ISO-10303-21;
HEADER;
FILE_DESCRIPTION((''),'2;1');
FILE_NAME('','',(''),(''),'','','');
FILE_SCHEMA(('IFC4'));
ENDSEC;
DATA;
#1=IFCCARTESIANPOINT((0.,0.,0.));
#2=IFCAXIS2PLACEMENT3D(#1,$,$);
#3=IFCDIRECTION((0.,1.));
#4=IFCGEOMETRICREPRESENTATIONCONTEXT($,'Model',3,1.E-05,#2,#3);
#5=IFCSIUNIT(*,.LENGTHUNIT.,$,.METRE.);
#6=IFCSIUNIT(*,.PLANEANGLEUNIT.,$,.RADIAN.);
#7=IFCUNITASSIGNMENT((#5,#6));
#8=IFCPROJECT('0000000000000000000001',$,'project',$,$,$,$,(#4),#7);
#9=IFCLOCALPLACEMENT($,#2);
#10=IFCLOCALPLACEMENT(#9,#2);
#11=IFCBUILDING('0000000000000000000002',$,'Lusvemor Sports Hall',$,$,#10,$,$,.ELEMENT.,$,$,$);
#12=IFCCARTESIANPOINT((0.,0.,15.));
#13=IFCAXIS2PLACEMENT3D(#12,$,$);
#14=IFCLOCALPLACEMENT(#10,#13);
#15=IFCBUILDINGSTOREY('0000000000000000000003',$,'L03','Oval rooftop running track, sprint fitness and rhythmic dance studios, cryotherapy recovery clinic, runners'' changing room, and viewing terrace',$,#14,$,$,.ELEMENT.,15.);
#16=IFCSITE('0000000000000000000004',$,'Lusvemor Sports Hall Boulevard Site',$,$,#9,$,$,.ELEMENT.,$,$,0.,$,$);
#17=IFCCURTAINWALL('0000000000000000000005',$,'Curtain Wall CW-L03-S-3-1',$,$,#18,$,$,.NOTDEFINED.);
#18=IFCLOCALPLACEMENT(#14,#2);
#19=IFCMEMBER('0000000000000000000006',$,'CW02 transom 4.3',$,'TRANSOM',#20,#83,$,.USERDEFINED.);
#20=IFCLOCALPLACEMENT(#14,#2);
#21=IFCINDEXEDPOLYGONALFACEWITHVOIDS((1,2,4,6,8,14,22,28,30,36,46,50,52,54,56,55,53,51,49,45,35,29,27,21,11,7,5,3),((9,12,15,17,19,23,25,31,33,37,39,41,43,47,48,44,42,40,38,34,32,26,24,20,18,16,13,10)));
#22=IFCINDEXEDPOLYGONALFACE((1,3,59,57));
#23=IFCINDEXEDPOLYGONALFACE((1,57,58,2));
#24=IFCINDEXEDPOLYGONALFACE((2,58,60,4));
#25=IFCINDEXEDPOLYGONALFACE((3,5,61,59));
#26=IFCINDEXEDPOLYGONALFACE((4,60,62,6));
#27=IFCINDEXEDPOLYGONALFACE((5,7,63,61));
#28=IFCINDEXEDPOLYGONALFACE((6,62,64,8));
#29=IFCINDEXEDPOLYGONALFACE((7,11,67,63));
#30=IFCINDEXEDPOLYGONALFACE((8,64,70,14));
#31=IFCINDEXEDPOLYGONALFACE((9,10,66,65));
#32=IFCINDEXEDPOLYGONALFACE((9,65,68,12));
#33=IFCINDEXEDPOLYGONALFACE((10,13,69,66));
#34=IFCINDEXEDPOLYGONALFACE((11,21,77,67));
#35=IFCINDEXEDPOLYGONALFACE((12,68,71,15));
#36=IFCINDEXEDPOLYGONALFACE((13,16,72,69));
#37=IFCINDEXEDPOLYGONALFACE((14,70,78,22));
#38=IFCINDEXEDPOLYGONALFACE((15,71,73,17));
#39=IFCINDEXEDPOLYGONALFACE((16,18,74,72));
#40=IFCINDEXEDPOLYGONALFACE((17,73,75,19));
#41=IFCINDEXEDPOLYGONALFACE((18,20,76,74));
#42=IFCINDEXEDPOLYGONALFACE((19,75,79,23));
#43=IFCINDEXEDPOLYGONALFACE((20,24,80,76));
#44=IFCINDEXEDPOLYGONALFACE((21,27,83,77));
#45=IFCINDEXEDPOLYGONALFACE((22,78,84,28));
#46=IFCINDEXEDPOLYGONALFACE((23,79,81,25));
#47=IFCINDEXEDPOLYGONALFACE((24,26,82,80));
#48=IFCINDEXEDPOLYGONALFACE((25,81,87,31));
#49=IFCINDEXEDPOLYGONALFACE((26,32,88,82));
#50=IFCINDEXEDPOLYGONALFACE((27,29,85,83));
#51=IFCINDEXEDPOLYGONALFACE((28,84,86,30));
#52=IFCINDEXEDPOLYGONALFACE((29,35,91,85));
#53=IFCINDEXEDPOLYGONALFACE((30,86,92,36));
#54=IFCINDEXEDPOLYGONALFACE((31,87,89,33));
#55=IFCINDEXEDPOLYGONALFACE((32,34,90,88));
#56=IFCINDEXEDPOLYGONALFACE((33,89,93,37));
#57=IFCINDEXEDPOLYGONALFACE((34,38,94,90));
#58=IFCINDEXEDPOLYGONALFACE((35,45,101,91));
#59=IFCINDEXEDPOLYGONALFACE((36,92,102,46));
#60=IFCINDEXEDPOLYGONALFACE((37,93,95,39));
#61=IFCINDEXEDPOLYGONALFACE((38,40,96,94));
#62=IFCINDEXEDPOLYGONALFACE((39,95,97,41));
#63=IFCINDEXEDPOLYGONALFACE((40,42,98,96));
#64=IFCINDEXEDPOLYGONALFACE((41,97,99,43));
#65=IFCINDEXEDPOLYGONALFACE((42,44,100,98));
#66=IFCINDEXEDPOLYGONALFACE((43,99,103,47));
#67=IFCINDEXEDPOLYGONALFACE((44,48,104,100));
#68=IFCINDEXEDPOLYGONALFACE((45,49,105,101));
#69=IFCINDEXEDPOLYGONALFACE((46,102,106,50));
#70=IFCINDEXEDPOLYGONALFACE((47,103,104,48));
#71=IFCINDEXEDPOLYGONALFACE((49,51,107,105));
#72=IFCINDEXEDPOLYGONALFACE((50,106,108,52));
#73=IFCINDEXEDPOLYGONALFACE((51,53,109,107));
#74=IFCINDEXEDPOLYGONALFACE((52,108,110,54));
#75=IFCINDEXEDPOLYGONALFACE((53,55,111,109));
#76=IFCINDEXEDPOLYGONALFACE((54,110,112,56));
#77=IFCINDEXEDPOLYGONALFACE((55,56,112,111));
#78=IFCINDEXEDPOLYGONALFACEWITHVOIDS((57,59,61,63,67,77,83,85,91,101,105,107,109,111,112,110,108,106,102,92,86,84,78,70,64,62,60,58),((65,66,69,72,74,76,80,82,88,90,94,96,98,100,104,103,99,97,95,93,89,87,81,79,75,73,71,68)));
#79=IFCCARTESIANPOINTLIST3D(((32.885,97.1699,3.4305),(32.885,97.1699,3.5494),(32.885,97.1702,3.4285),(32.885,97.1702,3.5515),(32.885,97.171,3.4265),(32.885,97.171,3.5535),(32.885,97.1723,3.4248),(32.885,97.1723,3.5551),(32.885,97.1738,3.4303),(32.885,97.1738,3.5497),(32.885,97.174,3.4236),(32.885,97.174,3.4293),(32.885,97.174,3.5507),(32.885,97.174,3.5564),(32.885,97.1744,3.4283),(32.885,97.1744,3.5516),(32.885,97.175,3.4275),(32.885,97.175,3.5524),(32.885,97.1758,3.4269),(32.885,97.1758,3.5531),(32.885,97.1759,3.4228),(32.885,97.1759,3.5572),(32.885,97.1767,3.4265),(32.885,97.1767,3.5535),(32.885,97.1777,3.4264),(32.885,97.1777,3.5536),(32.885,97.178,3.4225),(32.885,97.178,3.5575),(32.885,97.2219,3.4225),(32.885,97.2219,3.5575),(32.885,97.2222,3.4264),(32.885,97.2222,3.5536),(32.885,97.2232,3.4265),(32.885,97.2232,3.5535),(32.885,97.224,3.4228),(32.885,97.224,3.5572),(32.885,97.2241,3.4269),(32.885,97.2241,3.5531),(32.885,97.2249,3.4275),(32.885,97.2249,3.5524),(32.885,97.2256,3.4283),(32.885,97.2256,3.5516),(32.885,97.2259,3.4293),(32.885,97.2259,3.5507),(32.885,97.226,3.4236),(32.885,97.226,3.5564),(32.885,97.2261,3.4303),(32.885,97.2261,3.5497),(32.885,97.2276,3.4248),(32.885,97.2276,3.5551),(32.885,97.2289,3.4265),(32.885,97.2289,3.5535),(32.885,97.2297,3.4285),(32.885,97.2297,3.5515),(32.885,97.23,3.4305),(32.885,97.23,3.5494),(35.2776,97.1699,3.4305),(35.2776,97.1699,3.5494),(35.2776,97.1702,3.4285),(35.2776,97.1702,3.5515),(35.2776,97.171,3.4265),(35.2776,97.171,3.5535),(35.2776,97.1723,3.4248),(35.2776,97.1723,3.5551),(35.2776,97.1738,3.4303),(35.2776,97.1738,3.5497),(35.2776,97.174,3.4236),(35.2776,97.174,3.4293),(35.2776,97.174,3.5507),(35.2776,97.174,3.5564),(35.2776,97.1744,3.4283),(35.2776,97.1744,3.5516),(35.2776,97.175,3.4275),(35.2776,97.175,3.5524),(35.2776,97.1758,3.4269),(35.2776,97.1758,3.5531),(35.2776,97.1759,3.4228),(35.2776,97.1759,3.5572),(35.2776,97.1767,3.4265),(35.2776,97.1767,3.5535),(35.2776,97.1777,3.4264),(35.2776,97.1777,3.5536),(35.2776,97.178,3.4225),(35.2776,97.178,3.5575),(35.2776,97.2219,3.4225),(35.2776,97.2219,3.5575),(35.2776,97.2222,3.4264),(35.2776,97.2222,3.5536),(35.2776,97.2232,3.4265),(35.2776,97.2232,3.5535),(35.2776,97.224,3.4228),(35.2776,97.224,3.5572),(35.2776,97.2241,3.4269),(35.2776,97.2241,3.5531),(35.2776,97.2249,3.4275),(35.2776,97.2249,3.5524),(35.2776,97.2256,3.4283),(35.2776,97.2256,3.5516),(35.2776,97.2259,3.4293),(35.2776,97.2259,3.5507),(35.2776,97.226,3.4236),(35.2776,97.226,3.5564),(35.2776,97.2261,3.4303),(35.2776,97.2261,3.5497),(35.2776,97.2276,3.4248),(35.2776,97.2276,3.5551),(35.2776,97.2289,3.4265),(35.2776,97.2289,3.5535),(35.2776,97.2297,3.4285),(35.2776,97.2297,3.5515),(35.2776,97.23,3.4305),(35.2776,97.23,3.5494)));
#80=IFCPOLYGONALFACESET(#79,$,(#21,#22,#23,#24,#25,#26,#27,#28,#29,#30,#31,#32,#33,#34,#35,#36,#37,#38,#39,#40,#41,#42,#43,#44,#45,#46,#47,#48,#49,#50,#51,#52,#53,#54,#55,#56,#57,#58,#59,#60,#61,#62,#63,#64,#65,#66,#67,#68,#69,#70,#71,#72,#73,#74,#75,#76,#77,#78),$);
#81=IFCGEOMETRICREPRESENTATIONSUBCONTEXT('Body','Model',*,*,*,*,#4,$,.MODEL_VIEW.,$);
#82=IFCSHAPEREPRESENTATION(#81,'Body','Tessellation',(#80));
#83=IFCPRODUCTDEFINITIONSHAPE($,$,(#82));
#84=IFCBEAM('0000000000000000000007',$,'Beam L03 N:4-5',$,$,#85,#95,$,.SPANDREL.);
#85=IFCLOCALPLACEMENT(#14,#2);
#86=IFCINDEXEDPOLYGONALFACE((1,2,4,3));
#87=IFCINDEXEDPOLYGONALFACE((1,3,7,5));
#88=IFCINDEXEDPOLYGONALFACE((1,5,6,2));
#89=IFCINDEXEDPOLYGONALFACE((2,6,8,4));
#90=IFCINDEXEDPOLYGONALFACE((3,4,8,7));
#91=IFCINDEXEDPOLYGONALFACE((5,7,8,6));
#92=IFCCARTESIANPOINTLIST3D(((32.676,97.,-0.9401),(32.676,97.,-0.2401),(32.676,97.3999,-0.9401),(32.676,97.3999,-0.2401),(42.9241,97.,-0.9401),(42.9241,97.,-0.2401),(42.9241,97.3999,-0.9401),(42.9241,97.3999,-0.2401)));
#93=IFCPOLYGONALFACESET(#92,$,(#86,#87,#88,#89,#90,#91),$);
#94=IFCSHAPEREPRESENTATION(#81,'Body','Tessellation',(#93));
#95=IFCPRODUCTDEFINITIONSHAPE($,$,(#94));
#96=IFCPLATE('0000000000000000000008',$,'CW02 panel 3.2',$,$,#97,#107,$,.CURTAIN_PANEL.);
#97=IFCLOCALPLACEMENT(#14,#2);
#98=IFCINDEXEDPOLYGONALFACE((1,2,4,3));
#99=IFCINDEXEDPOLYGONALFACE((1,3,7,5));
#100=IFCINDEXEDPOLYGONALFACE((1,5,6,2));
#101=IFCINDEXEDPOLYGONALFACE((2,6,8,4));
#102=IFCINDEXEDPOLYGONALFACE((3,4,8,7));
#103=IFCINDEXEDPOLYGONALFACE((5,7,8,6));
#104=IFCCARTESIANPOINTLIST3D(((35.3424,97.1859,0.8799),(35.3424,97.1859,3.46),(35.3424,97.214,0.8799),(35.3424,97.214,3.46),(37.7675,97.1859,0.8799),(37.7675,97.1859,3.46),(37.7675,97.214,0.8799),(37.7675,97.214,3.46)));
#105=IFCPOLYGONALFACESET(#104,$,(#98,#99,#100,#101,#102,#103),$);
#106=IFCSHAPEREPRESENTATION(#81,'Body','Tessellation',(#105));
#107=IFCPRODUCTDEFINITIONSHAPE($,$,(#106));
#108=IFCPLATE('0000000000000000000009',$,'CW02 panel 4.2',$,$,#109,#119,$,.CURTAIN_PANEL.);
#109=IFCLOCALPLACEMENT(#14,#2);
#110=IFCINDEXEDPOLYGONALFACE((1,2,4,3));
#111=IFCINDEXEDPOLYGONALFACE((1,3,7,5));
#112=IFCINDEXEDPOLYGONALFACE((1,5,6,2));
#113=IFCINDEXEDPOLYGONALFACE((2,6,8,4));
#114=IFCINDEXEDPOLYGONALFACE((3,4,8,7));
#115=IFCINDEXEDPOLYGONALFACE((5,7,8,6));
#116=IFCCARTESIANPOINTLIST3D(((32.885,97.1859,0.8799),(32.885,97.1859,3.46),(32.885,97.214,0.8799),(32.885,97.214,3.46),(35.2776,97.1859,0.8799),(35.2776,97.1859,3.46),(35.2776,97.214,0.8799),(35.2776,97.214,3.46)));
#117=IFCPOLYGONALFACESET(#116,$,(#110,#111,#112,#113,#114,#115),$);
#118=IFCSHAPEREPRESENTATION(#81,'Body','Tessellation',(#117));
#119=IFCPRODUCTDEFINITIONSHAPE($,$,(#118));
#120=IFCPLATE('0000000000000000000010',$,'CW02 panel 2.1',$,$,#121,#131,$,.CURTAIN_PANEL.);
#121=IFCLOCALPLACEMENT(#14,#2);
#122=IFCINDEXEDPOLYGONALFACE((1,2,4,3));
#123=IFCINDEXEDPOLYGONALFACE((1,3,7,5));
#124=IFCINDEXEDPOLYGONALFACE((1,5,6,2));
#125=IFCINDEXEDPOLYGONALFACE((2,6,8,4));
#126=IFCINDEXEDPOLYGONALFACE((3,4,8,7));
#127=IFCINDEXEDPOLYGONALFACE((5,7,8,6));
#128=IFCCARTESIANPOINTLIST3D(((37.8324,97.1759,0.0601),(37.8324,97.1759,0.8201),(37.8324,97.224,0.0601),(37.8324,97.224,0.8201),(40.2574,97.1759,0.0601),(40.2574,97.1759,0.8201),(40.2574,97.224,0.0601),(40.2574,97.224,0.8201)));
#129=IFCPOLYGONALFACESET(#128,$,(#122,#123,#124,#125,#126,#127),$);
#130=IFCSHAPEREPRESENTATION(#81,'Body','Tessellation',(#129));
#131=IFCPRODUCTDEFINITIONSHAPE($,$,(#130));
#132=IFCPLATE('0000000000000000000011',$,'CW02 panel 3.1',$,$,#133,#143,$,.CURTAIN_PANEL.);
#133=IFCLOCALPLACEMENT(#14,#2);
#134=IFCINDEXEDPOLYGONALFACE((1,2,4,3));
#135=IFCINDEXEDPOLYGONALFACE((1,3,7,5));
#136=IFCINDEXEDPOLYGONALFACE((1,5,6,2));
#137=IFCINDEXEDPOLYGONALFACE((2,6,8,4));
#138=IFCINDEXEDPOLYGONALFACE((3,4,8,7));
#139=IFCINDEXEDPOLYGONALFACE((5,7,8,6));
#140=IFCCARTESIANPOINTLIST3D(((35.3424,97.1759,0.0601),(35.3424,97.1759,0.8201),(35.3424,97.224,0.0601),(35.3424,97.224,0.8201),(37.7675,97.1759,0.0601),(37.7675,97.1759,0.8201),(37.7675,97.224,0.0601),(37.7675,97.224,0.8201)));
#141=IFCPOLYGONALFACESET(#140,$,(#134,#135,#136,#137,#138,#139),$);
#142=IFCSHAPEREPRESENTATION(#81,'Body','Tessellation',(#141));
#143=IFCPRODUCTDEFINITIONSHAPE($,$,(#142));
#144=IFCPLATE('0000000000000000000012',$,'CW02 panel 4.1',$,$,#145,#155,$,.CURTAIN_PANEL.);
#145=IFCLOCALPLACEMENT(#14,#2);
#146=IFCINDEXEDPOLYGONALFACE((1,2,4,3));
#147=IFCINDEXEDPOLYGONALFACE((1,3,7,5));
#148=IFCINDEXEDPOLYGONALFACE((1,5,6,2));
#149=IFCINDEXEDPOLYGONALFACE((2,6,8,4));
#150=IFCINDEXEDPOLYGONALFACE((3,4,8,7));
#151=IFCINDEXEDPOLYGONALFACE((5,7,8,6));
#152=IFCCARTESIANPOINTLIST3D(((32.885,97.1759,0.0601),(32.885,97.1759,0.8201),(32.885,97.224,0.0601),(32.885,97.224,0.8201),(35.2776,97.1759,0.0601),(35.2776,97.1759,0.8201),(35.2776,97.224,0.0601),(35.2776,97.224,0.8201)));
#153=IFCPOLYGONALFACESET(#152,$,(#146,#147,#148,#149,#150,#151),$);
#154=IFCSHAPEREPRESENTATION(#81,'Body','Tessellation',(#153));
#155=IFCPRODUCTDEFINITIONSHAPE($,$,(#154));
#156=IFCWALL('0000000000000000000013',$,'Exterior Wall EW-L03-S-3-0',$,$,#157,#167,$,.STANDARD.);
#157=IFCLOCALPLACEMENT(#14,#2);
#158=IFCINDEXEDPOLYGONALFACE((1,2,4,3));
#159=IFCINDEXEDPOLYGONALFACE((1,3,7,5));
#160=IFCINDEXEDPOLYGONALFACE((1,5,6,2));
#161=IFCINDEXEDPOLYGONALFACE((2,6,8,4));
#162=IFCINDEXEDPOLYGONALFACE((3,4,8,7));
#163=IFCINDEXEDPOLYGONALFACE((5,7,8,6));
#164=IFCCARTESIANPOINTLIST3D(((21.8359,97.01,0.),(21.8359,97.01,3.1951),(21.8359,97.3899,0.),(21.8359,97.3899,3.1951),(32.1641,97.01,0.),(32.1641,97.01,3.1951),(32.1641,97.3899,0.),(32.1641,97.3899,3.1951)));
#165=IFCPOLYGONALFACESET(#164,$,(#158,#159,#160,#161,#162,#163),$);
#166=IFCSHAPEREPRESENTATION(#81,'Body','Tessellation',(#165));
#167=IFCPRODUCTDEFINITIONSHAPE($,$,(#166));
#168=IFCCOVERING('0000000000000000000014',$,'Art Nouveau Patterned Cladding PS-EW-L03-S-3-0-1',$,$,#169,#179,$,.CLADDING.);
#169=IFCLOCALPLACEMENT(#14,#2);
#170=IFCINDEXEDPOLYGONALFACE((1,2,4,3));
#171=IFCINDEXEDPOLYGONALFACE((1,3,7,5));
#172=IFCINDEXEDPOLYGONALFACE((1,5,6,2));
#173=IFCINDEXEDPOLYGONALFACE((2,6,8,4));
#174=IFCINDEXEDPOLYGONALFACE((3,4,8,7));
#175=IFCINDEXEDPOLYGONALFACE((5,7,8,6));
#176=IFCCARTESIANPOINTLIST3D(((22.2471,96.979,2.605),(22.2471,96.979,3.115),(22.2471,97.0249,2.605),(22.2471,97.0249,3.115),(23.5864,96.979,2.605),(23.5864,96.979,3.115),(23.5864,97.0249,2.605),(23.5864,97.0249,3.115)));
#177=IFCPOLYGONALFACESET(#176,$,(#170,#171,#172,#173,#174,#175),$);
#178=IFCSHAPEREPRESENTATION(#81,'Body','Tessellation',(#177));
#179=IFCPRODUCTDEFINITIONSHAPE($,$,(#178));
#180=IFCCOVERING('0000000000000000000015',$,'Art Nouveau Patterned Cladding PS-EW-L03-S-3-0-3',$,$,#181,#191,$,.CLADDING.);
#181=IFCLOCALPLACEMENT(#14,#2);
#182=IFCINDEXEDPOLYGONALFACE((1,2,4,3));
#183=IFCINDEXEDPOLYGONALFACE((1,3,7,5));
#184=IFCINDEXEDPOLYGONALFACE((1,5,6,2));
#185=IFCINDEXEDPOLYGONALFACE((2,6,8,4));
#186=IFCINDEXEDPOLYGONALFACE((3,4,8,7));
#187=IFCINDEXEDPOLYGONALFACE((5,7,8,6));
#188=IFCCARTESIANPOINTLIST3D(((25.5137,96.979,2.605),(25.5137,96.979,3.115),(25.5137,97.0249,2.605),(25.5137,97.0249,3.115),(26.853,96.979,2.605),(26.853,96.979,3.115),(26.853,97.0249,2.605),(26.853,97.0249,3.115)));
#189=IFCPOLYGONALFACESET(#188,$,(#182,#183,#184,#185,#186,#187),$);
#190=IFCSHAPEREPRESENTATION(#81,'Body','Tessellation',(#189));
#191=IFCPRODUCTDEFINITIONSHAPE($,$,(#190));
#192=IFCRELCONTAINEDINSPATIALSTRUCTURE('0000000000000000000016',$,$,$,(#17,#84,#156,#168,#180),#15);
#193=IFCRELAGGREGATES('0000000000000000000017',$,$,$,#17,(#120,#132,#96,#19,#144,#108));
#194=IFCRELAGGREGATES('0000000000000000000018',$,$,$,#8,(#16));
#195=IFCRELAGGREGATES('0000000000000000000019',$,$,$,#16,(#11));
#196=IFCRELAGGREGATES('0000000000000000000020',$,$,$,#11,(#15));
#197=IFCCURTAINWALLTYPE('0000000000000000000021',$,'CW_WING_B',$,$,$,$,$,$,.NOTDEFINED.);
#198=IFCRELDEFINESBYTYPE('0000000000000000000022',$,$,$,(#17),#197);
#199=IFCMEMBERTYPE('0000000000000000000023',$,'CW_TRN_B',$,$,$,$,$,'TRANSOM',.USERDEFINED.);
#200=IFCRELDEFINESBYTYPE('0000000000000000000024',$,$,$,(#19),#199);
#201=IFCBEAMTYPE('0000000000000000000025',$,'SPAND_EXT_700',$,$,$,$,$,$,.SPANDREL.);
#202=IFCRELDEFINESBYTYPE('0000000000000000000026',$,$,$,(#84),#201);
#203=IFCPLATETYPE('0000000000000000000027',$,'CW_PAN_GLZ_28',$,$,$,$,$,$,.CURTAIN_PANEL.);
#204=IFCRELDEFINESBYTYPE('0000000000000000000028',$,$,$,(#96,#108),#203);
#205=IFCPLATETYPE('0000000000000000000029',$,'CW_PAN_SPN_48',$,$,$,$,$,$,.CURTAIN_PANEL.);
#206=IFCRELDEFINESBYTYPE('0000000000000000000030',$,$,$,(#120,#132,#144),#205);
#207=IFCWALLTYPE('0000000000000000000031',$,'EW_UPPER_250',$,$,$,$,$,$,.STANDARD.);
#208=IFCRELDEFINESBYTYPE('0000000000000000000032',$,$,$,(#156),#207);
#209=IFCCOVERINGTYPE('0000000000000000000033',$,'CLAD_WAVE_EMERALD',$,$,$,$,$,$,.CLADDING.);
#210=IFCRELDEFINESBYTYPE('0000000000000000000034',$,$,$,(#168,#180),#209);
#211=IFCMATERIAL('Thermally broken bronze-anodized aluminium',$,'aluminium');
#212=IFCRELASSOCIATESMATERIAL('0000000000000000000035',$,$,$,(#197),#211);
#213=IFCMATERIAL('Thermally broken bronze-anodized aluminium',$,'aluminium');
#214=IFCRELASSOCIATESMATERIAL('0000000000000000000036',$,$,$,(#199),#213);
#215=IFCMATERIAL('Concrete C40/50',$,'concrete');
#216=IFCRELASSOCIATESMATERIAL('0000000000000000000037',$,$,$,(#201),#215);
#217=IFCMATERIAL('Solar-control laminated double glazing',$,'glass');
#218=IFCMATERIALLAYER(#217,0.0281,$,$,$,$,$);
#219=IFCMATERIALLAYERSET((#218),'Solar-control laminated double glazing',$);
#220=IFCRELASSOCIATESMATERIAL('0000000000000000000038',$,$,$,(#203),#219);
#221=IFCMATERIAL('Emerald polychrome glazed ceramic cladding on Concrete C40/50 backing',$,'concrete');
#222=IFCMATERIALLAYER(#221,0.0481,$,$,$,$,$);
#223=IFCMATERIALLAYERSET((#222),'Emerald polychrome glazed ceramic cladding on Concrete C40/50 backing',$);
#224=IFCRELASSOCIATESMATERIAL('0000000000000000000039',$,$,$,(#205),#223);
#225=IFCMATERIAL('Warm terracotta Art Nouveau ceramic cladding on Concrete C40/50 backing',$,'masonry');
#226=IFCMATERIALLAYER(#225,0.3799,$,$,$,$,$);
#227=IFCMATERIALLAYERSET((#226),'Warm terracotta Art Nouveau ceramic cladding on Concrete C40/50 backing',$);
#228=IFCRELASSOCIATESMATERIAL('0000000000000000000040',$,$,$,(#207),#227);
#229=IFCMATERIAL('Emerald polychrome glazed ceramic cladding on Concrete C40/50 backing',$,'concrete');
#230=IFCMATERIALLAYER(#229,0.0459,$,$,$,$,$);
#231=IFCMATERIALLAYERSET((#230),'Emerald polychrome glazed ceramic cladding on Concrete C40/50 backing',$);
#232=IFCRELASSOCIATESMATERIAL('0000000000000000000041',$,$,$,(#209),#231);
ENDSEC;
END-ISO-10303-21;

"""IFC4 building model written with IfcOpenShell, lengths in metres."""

from ifc_helpers import new_model, si_unit, direction, frame, frame_2d, origin, origin_2d, place, context, subcontext, project, spatial, rectangle, hollow_rectangle, extrude, material, layer, layer_set, material_profile, profile_set, type_object, element, aggregate, save


model = new_model("IFC4")

# Units and contexts
model_context = context("Model", 3, precision=1e-05, world=origin(), true_north=direction((0.0, 1.0)))
body_context = subcontext(model_context, "Body", "Model", "MODEL_VIEW")
ifc_project = project(units=[si_unit("LENGTHUNIT", "METRE"), si_unit("PLANEANGLEUNIT", "RADIAN")], contexts=[model_context])

# Site, building, storey
site_placement = place(None, origin())
site = spatial("IfcSite", under=ifc_project, at=site_placement, Name="Lusvemor Sports Hall Boulevard Site", CompositionType="ELEMENT", RefElevation=0.0)
building_placement = place(site_placement, origin())
building = spatial("IfcBuilding", under=site, at=building_placement, Name="Lusvemor Sports Hall", CompositionType="ELEMENT")
storey_placement = place(building_placement, frame((0.0, 0.0, 15.0)))
storey = spatial("IfcBuildingStorey", under=building, at=storey_placement, Name="L03", Description="Oval rooftop running track, sprint fitness and rhythmic dance studios, cryotherapy recovery clinic, runners' changing room, and viewing terrace", CompositionType="ELEMENT", Elevation=15.0)

# Curtain wall, member
ifc_material_1 = material(Name="Thermally broken bronze-anodized aluminium", Category="aluminium")
curtain_wall_type = type_object("IfcCurtainWallType", Name="CW_WING_B", PredefinedType="NOTDEFINED", material=ifc_material_1)
curtain_wall_placement = place(storey_placement, origin())
curtain_wall = element("IfcCurtainWall", 1, at=curtain_wall_placement, inside=storey, type_object=curtain_wall_type, Name="Curtain Wall CW-L03-S-3-1", PredefinedType="NOTDEFINED")
ifc_material_2 = material(Name="Thermally broken bronze-anodized aluminium", Category="aluminium")
ifc_material_profile_1 = material_profile(ifc_material_2, hollow_rectangle(XDim=0.0601, YDim=0.135, WallThickness=0.0039, InnerFilletRadius=0.0039, OuterFilletRadius=0.0081, at=origin_2d()), Name="CWTRN135x60x4")
ifc_profile_set_1 = profile_set([ifc_material_profile_1], Name="Thermally broken bronze-anodized aluminium")
member_type_1 = type_object("IfcMemberType", Name="CW_TRN_B", ElementType="TRANSOM", PredefinedType="USERDEFINED", material=ifc_profile_set_1)
member_1_placement = place(storey_placement, frame((35.2776, 97.2, 3.49), z_axis=(-1.0, 0.0, 0.0), x_axis=(0.0, -1.0, 0.0)))
member_1 = element("IfcMember", 2, at=member_1_placement, type_object=member_type_1, Name="CW02 transom 4.3", ObjectType="TRANSOM", PredefinedType="USERDEFINED", context=body_context, shape_type="SweptSolid", body=[
    extrude(hollow_rectangle(XDim=0.0601, YDim=0.135, WallThickness=0.0039, InnerFilletRadius=0.0039, OuterFilletRadius=0.0081, at=origin_2d()), origin(), (0.0, 0.0, 1.0), 2.3926),
])

# Beam
ifc_material_3 = material(Name="Concrete C40/50", Category="concrete")
ifc_material_profile_2 = material_profile(ifc_material_3, rectangle(XDim=0.3999, YDim=0.7, at=origin_2d()), Name="RC400x700")
ifc_profile_set_2 = profile_set([ifc_material_profile_2], Name="Concrete C40/50")
beam_type = type_object("IfcBeamType", Name="SPAND_EXT_700", PredefinedType="SPANDREL", material=ifc_profile_set_2)
beam_placement = place(storey_placement, frame((32.676, 97.2, -0.5901), z_axis=(1.0, 0.0, 0.0), x_axis=(0.0, 1.0, 0.0)))
element("IfcBeam", 3, at=beam_placement, inside=storey, type_object=beam_type, Name="Beam L03 N:4-5", PredefinedType="SPANDREL", context=body_context, shape_type="SweptSolid", body=[
    extrude(rectangle(XDim=0.3999, YDim=0.7, at=origin_2d()), origin(), (0.0, 0.0, 1.0), 10.248),
])

# Plates
ifc_material_4 = material(Name="Solar-control laminated double glazing", Category="glass")
ifc_layer_1 = layer(ifc_material_4, 0.0281)
ifc_layer_set_1 = layer_set([ifc_layer_1], Name="Solar-control laminated double glazing")
plate_type_1 = type_object("IfcPlateType", Name="CW_PAN_GLZ_28", PredefinedType="CURTAIN_PANEL", material=ifc_layer_set_1)
plate_1_placement = place(storey_placement, frame((36.5549, 97.2, 0.8799), z_axis=(0.0, 0.0, 1.0), x_axis=(-1.0, 0.0, 0.0)))
plate_1 = element("IfcPlate", 4, at=plate_1_placement, type_object=plate_type_1, Name="CW02 panel 3.2", PredefinedType="CURTAIN_PANEL", context=body_context, shape_type="SweptSolid", body=[
    extrude(rectangle(XDim=2.425, YDim=0.0281, at=origin_2d()), origin(), (0.0, 0.0, 1.0), 2.5801),
])
plate_2_placement = place(storey_placement, frame((34.0813, 97.2, 0.8799), z_axis=(0.0, 0.0, 1.0), x_axis=(-1.0, 0.0, 0.0)))
plate_2 = element("IfcPlate", 5, at=plate_2_placement, type_object=plate_type_1, Name="CW02 panel 4.2", PredefinedType="CURTAIN_PANEL", context=body_context, shape_type="SweptSolid", body=[
    extrude(rectangle(XDim=2.3926, YDim=0.0281, at=origin_2d()), origin(), (0.0, 0.0, 1.0), 2.5801),
])
ifc_material_5 = material(Name="Emerald polychrome glazed ceramic cladding on Concrete C40/50 backing", Category="concrete")
ifc_layer_2 = layer(ifc_material_5, 0.0481)
ifc_layer_set_2 = layer_set([ifc_layer_2], Name="Emerald polychrome glazed ceramic cladding on Concrete C40/50 backing")
plate_type_2 = type_object("IfcPlateType", Name="CW_PAN_SPN_48", PredefinedType="CURTAIN_PANEL", material=ifc_layer_set_2)
plate_3_placement = place(storey_placement, frame((39.0449, 97.2, 0.0601), z_axis=(0.0, 0.0, 1.0), x_axis=(-1.0, 0.0, 0.0)))
plate_3 = element("IfcPlate", 6, at=plate_3_placement, type_object=plate_type_2, Name="CW02 panel 2.1", PredefinedType="CURTAIN_PANEL", context=body_context, shape_type="SweptSolid", body=[
    extrude(rectangle(XDim=2.425, YDim=0.0481, at=origin_2d()), origin(), (0.0, 0.0, 1.0), 0.76),
])
plate_4_placement = place(storey_placement, frame((36.5549, 97.2, 0.0601), z_axis=(0.0, 0.0, 1.0), x_axis=(-1.0, 0.0, 0.0)))
plate_4 = element("IfcPlate", 7, at=plate_4_placement, type_object=plate_type_2, Name="CW02 panel 3.1", PredefinedType="CURTAIN_PANEL", context=body_context, shape_type="SweptSolid", body=[
    extrude(rectangle(XDim=2.425, YDim=0.0481, at=origin_2d()), origin(), (0.0, 0.0, 1.0), 0.76),
])
plate_5_placement = place(storey_placement, frame((34.0813, 97.2, 0.0601), z_axis=(0.0, 0.0, 1.0), x_axis=(-1.0, 0.0, 0.0)))
plate_5 = element("IfcPlate", 8, at=plate_5_placement, type_object=plate_type_2, Name="CW02 panel 4.1", PredefinedType="CURTAIN_PANEL", context=body_context, shape_type="SweptSolid", body=[
    extrude(rectangle(XDim=2.3926, YDim=0.0481, at=origin_2d()), origin(), (0.0, 0.0, 1.0), 0.76),
])
aggregate(curtain_wall, [plate_3, plate_4, plate_1, member_1, plate_5, plate_2])

# Wall
ifc_material_6 = material(Name="Warm terracotta Art Nouveau ceramic cladding on Concrete C40/50 backing", Category="masonry")
ifc_layer_3 = layer(ifc_material_6, 0.3799)
ifc_layer_set_3 = layer_set([ifc_layer_3], Name="Warm terracotta Art Nouveau ceramic cladding on Concrete C40/50 backing")
wall_type = type_object("IfcWallType", Name="EW_UPPER_250", PredefinedType="STANDARD", material=ifc_layer_set_3)
wall_placement = place(storey_placement, frame((32.1641, 97.2, 0.0), z_axis=(0.0, 0.0, 1.0), x_axis=(-1.0, 0.0, 0.0)))
element("IfcWall", 9, at=wall_placement, inside=storey, type_object=wall_type, Name="Exterior Wall EW-L03-S-3-0", PredefinedType="STANDARD", context=body_context, shape_type="SweptSolid", body=[
    extrude(rectangle(XDim=10.3281, YDim=0.3799, at=frame_2d((5.1641, 0.0))), origin(), (0.0, 0.0, 1.0), 3.1951),
])

# Coverings
ifc_material_7 = material(Name="Emerald polychrome glazed ceramic cladding on Concrete C40/50 backing", Category="concrete")
ifc_layer_4 = layer(ifc_material_7, 0.0459)
ifc_layer_set_4 = layer_set([ifc_layer_4], Name="Emerald polychrome glazed ceramic cladding on Concrete C40/50 backing")
covering_type_1 = type_object("IfcCoveringType", Name="CLAD_WAVE_EMERALD", PredefinedType="CLADDING", material=ifc_layer_set_4)
for number, where, z_axis, x_axis, name in (
    (10, (22.9167, 97.002, 2.605), (0.0, 0.0, 1.0), (1.0, 0.0, 0.0), "Art Nouveau Patterned Cladding PS-EW-L03-S-3-0-1"),
    (11, (26.1833, 97.002, 2.605), (0.0, 0.0, 1.0), (1.0, 0.0, 0.0), "Art Nouveau Patterned Cladding PS-EW-L03-S-3-0-3"),
):
    element("IfcCovering", number, at=place(storey_placement, frame(where, z_axis=z_axis, x_axis=x_axis)), inside=storey, type_object=covering_type_1, Name=name, PredefinedType="CLADDING", context=body_context, shape_type="SweptSolid", body=[
        extrude(rectangle(XDim=1.3394, YDim=0.0459, at=origin_2d()), origin(), (0.0, 0.0, 1.0), 0.51),
    ])

save(model, "model.ifc")
